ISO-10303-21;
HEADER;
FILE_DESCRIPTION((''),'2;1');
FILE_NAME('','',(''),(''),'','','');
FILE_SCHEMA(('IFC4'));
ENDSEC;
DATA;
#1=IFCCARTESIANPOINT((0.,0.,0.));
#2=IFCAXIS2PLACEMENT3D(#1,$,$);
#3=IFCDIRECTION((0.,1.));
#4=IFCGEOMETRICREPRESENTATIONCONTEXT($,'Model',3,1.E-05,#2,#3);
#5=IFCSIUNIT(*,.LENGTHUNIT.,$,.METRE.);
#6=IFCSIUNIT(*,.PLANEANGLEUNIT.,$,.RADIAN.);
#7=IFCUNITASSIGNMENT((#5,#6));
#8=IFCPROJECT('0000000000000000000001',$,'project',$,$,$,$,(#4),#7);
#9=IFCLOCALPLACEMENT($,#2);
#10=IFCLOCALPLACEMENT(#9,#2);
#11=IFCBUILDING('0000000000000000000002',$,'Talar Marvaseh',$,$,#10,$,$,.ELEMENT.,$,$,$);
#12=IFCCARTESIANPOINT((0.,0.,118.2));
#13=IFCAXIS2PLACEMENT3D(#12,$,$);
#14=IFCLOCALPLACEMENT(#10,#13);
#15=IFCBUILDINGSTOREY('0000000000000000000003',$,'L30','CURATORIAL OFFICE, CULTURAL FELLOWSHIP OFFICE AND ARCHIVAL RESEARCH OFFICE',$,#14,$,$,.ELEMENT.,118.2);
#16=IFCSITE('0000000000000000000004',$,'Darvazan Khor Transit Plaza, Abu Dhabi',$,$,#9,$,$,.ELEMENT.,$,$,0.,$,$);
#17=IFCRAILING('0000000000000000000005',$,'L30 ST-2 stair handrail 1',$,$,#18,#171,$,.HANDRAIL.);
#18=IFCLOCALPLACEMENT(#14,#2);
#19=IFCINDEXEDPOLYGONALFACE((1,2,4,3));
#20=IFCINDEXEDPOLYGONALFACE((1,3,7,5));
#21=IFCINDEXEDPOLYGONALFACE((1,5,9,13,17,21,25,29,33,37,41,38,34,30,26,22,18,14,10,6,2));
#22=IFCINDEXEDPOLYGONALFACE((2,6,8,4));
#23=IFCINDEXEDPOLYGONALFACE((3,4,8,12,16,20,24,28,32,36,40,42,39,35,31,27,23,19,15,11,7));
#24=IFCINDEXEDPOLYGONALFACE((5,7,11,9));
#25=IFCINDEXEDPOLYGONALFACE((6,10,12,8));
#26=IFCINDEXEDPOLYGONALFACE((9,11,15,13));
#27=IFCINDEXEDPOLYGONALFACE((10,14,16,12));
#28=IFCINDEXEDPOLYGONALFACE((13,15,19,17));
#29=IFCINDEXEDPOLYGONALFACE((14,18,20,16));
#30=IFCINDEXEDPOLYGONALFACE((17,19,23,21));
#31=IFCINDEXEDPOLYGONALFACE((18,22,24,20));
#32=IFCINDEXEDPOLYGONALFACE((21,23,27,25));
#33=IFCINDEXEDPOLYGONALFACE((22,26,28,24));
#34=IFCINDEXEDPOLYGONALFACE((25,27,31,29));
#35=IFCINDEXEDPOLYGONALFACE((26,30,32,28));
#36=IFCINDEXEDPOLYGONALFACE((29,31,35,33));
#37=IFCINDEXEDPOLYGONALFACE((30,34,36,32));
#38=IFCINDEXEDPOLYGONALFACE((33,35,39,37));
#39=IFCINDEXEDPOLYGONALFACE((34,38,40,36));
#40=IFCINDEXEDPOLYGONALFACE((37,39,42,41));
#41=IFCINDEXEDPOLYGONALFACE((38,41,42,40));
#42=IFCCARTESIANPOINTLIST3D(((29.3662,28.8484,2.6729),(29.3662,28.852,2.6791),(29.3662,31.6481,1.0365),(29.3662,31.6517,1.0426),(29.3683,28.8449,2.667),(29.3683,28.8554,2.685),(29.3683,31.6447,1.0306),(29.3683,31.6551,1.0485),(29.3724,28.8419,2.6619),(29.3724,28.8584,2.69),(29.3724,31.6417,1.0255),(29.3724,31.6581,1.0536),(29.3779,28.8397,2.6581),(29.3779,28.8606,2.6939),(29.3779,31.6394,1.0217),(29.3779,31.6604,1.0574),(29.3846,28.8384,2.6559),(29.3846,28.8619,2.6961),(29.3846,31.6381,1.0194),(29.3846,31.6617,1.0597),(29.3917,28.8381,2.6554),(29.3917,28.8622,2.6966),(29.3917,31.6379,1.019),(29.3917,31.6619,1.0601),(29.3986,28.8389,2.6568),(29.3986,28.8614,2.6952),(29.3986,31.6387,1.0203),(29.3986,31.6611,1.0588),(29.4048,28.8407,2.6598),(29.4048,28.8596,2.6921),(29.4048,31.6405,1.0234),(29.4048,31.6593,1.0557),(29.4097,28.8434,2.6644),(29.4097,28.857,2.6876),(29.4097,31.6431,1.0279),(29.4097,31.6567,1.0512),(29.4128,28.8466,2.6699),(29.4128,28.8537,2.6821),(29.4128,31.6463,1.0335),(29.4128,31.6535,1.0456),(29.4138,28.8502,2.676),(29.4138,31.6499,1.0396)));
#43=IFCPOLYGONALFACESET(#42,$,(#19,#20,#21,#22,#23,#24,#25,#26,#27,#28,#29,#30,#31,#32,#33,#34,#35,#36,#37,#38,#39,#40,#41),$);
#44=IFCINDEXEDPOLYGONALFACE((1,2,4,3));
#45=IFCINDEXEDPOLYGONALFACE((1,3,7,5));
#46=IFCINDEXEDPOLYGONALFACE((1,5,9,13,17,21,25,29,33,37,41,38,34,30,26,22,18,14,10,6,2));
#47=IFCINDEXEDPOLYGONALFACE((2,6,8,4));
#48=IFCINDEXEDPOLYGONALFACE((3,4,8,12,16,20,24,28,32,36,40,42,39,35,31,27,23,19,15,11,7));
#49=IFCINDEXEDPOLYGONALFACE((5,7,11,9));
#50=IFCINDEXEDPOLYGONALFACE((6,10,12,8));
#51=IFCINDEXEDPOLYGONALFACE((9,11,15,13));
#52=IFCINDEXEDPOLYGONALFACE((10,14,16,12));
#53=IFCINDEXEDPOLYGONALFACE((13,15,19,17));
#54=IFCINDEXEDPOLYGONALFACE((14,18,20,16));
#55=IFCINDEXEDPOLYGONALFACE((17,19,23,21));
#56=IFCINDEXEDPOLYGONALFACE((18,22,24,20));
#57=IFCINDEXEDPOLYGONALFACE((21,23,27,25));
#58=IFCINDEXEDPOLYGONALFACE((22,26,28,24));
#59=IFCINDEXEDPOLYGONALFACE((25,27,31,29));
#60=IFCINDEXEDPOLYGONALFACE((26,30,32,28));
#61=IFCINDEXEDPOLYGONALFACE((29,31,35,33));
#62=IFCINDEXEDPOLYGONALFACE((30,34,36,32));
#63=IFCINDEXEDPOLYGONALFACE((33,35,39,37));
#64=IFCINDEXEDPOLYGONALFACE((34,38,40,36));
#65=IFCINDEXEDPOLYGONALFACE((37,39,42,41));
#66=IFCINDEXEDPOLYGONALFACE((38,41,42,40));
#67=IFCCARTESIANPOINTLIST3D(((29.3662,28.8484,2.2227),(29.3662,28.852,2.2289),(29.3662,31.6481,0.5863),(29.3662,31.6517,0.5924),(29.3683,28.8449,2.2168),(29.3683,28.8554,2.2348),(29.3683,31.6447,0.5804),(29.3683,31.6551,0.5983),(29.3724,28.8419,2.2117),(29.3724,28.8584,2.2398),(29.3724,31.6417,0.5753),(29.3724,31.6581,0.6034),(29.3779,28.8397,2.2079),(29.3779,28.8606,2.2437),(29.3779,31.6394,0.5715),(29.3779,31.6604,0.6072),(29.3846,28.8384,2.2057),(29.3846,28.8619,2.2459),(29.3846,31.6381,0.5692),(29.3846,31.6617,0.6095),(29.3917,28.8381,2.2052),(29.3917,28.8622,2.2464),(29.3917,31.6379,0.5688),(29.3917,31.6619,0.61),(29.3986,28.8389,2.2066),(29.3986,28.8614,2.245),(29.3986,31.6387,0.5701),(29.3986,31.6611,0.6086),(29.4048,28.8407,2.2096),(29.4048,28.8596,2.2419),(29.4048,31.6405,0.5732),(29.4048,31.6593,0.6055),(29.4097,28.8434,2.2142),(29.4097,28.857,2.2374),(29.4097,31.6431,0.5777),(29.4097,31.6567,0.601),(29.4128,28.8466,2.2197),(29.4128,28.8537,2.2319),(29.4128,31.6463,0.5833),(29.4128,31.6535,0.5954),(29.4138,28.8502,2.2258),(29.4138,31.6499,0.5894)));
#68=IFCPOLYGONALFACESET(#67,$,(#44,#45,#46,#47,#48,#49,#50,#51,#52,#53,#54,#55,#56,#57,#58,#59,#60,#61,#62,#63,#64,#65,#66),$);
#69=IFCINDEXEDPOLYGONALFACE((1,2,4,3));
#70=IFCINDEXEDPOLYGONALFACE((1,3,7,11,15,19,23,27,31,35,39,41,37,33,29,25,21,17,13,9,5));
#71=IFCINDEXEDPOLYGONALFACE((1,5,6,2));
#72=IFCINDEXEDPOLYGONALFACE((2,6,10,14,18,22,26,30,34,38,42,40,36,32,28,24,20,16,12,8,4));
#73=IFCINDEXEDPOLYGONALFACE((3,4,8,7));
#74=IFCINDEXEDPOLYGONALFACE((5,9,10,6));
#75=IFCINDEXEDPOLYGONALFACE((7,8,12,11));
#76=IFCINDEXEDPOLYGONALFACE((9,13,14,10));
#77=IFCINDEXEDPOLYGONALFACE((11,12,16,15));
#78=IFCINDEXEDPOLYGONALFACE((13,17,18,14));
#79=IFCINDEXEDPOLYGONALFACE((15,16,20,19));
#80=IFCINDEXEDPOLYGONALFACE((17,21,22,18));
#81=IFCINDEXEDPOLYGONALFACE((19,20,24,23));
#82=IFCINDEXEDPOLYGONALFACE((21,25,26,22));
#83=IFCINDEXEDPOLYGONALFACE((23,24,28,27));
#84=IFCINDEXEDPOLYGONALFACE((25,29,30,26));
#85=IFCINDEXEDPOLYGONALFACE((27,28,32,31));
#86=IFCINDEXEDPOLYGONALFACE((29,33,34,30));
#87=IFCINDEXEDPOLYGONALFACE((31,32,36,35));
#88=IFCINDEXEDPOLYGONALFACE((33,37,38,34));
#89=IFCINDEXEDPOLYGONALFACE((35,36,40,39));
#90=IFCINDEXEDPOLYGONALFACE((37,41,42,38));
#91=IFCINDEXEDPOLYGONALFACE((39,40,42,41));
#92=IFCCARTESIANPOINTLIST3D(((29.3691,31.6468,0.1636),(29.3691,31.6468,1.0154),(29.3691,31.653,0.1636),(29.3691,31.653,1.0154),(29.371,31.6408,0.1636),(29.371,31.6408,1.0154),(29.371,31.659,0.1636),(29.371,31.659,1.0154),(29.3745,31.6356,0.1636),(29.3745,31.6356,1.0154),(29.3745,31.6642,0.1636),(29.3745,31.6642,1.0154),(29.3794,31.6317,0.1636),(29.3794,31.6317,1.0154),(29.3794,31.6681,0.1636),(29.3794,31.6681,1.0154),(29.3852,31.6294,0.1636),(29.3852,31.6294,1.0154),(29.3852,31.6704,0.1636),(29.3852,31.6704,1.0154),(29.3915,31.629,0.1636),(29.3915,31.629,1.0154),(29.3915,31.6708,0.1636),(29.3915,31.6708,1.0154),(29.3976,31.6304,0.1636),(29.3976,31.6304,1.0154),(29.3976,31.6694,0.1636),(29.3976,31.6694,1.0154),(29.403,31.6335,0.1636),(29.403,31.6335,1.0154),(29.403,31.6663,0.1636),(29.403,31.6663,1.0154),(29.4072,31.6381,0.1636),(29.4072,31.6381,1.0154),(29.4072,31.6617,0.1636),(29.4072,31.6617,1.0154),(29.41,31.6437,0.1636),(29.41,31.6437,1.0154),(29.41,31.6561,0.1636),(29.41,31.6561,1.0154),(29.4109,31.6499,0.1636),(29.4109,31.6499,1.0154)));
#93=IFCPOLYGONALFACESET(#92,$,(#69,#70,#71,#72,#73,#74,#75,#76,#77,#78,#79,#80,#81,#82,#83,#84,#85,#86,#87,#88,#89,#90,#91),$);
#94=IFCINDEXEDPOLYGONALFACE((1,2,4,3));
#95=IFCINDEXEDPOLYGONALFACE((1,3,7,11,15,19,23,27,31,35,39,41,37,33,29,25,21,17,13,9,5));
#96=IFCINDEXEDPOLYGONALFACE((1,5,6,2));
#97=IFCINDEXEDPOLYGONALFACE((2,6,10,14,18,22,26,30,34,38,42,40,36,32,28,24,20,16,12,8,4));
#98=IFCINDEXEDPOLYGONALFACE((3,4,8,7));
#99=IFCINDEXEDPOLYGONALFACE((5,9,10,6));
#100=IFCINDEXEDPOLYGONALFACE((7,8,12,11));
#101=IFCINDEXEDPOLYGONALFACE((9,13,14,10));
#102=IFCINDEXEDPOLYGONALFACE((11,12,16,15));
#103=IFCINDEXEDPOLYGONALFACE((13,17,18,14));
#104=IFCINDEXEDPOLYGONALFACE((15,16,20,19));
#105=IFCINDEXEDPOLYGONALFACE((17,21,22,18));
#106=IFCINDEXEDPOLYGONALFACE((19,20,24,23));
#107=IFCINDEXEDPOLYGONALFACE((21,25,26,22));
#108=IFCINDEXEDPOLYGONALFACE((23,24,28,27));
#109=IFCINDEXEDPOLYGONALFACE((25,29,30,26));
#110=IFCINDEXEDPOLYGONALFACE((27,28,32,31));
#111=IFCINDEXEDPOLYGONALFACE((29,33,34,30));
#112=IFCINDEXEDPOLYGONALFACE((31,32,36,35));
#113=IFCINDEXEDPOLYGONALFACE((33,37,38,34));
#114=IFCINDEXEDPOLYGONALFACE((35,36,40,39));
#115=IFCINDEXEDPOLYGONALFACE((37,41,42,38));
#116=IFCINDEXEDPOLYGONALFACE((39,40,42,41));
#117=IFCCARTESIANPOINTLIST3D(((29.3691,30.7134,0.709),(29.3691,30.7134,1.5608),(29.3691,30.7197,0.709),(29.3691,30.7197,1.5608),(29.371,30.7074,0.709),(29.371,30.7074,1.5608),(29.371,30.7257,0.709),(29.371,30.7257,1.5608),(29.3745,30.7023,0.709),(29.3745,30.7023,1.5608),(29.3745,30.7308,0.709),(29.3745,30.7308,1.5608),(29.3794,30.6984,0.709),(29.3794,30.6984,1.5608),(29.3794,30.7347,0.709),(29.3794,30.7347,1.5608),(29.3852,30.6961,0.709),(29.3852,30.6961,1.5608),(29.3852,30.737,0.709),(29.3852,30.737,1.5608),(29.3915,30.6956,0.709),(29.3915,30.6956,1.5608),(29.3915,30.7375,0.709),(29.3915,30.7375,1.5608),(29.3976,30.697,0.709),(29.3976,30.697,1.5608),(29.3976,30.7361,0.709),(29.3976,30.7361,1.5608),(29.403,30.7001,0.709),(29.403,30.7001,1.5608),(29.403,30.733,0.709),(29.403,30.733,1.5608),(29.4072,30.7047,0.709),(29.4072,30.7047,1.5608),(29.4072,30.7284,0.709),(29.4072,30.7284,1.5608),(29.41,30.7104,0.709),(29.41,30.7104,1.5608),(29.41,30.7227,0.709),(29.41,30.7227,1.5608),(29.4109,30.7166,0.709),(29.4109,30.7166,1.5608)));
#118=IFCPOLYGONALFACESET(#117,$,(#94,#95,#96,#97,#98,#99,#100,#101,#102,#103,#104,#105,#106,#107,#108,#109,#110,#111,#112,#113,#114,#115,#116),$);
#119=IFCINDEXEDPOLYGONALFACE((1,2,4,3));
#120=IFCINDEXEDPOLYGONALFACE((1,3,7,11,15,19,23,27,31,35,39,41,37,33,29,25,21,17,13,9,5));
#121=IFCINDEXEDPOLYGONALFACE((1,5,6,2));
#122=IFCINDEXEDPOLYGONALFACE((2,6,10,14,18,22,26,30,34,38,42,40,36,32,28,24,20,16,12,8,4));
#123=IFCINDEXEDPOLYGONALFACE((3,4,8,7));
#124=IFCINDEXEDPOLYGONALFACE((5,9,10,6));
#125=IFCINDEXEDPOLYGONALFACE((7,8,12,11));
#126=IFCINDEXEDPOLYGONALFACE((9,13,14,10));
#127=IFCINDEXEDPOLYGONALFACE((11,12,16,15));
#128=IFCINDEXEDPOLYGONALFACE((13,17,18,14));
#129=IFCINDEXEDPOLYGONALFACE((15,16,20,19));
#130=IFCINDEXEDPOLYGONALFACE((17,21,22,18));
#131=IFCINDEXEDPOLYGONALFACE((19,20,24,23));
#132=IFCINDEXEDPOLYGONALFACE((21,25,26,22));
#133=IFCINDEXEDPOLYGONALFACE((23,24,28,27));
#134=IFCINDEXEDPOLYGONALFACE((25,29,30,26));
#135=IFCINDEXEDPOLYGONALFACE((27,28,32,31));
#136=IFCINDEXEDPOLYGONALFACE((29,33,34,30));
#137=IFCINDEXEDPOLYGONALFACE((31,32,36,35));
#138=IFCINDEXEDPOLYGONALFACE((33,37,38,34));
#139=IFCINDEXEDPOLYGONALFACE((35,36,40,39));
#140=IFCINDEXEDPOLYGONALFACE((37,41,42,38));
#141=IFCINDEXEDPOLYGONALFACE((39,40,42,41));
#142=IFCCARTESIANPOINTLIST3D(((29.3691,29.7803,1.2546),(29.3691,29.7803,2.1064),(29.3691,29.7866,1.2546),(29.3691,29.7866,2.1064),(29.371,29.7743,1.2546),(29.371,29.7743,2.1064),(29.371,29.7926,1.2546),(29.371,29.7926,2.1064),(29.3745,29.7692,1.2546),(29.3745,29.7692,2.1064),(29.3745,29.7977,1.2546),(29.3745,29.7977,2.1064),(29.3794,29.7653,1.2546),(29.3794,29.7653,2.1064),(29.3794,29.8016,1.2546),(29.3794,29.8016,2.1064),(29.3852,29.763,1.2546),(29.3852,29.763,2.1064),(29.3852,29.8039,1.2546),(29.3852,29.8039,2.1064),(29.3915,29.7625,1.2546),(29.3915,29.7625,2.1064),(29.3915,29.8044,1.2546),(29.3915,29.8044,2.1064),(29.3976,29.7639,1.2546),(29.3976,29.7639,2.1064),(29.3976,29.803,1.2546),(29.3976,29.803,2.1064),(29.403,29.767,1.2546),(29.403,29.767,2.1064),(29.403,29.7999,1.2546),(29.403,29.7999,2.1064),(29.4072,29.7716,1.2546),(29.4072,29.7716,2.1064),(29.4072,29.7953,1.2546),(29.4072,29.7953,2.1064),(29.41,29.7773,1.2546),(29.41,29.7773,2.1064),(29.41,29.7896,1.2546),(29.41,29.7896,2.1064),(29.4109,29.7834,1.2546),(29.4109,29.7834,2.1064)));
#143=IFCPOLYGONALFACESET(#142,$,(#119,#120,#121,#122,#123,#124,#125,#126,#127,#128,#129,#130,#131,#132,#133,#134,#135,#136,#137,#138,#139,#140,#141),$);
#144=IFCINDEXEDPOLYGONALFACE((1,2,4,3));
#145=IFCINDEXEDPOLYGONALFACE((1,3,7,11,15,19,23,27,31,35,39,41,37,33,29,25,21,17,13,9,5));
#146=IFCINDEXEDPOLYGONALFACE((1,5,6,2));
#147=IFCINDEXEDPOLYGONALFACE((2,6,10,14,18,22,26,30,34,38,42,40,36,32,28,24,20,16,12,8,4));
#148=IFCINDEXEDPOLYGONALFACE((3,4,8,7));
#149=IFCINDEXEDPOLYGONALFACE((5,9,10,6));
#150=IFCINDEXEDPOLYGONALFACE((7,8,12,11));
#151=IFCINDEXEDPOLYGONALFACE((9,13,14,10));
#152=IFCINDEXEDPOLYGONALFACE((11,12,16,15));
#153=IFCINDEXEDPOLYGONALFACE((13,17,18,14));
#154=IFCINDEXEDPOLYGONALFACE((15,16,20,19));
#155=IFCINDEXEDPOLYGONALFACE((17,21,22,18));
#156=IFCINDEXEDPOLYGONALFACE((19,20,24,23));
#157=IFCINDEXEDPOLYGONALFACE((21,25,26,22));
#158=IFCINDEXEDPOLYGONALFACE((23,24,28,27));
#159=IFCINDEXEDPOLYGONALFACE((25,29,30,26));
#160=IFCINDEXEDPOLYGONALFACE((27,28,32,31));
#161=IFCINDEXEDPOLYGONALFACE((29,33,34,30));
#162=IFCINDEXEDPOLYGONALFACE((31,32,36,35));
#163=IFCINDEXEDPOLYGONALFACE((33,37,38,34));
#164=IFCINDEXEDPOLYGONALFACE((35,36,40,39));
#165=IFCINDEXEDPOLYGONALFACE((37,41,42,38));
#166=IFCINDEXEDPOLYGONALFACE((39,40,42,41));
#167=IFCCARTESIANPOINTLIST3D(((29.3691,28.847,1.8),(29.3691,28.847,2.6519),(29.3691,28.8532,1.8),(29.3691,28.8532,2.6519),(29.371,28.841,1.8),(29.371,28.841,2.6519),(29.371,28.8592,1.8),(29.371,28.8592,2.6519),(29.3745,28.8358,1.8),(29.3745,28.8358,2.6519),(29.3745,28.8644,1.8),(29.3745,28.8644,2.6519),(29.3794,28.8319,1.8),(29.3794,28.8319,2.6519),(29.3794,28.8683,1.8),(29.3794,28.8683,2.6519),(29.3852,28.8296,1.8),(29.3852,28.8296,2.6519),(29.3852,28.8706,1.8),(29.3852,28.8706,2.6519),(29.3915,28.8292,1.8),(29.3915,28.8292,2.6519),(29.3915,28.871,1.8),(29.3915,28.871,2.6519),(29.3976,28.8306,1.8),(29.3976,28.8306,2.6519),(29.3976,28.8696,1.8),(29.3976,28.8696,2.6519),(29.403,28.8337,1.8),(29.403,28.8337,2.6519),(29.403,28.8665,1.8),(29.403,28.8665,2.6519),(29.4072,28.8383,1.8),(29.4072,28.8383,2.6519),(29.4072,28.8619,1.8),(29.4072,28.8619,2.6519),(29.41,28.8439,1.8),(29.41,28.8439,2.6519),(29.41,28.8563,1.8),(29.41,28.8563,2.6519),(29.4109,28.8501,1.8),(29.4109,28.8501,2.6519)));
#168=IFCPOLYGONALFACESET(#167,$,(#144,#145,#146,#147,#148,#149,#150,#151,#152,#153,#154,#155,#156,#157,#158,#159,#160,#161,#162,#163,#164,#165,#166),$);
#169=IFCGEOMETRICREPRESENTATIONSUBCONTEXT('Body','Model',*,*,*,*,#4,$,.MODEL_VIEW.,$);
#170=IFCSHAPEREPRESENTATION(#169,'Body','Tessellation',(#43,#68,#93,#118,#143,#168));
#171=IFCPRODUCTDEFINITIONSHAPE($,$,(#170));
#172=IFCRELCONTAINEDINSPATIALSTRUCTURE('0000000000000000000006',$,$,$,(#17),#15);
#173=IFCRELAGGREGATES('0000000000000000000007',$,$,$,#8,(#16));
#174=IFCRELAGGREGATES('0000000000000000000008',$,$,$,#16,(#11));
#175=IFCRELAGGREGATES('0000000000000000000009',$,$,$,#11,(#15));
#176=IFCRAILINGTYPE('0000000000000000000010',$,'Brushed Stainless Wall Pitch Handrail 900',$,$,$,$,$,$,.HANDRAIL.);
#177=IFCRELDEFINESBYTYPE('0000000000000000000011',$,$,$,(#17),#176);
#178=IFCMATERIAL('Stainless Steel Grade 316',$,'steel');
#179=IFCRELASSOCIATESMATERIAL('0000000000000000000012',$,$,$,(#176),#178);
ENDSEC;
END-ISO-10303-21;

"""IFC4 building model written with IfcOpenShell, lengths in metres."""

from ifc_helpers import new_model, si_unit, direction, frame, origin, origin_2d, place, context, subcontext, project, spatial, circle, extrude, material, type_object, element, save


model = new_model("IFC4")

# Units and contexts
model_context = context("Model", 3, precision=1e-05, world=origin(), true_north=direction((0.0, 1.0)))
body_context = subcontext(model_context, "Body", "Model", "MODEL_VIEW")
ifc_project = project(units=[si_unit("LENGTHUNIT", "METRE"), si_unit("PLANEANGLEUNIT", "RADIAN")], contexts=[model_context])

# Site, building, storey
site_placement = place(None, origin())
site = spatial("IfcSite", under=ifc_project, at=site_placement, Name="Darvazan Khor Transit Plaza, Abu Dhabi", CompositionType="ELEMENT", RefElevation=0.0)
building_placement = place(site_placement, origin())
building = spatial("IfcBuilding", under=site, at=building_placement, Name="Talar Marvaseh", CompositionType="ELEMENT")
storey_placement = place(building_placement, frame((0.0, 0.0, 118.2)))
storey = spatial("IfcBuildingStorey", under=building, at=storey_placement, Name="L30", Description="CURATORIAL OFFICE, CULTURAL FELLOWSHIP OFFICE AND ARCHIVAL RESEARCH OFFICE", CompositionType="ELEMENT", Elevation=118.2)

# Shared definitions
ifc_material_1 = material(Name="Stainless Steel Grade 316", Category="steel")

# Railing
railing_type_1 = type_object("IfcRailingType", Name="Brushed Stainless Wall Pitch Handrail 900", PredefinedType="HANDRAIL", material=ifc_material_1)
railing_1_placement = place(storey_placement, frame((29.3899, 31.6499, 0.1636)))
element("IfcRailing", 1, at=railing_1_placement, inside=storey, type_object=railing_type_1, Name="L30 ST-2 stair handrail 1", PredefinedType="HANDRAIL", context=body_context, shape_type="SweptSolid", body=[
    extrude(circle(Radius=0.0239, at=origin_2d()), frame((0.0, 0.0, 0.876), z_axis=(0.0, -0.863342, 0.50462), x_axis=(1.0, 0.0, 0.0)), (0.0, 0.0, 1.0), 3.2429),
    extrude(circle(Radius=0.0239, at=origin_2d()), frame((0.0, 0.0, 0.4258), z_axis=(0.0, -0.863342, 0.50462), x_axis=(1.0, 0.0, 0.0)), (0.0, 0.0, 1.0), 3.2429),
    extrude(circle(Radius=0.021, at=origin_2d()), origin(), (0.0, 0.0, 1.0), 0.8518),
    extrude(circle(Radius=0.021, at=origin_2d()), frame((0.0, -0.9333, 0.5454)), (0.0, 0.0, 1.0), 0.8518),
    extrude(circle(Radius=0.021, at=origin_2d()), frame((0.0, -1.8665, 1.0911)), (0.0, 0.0, 1.0), 0.8518),
    extrude(circle(Radius=0.021, at=origin_2d()), frame((0.0, -2.7998, 1.6365)), (0.0, 0.0, 1.0), 0.8518),
])

save(model, "model.ifc")
